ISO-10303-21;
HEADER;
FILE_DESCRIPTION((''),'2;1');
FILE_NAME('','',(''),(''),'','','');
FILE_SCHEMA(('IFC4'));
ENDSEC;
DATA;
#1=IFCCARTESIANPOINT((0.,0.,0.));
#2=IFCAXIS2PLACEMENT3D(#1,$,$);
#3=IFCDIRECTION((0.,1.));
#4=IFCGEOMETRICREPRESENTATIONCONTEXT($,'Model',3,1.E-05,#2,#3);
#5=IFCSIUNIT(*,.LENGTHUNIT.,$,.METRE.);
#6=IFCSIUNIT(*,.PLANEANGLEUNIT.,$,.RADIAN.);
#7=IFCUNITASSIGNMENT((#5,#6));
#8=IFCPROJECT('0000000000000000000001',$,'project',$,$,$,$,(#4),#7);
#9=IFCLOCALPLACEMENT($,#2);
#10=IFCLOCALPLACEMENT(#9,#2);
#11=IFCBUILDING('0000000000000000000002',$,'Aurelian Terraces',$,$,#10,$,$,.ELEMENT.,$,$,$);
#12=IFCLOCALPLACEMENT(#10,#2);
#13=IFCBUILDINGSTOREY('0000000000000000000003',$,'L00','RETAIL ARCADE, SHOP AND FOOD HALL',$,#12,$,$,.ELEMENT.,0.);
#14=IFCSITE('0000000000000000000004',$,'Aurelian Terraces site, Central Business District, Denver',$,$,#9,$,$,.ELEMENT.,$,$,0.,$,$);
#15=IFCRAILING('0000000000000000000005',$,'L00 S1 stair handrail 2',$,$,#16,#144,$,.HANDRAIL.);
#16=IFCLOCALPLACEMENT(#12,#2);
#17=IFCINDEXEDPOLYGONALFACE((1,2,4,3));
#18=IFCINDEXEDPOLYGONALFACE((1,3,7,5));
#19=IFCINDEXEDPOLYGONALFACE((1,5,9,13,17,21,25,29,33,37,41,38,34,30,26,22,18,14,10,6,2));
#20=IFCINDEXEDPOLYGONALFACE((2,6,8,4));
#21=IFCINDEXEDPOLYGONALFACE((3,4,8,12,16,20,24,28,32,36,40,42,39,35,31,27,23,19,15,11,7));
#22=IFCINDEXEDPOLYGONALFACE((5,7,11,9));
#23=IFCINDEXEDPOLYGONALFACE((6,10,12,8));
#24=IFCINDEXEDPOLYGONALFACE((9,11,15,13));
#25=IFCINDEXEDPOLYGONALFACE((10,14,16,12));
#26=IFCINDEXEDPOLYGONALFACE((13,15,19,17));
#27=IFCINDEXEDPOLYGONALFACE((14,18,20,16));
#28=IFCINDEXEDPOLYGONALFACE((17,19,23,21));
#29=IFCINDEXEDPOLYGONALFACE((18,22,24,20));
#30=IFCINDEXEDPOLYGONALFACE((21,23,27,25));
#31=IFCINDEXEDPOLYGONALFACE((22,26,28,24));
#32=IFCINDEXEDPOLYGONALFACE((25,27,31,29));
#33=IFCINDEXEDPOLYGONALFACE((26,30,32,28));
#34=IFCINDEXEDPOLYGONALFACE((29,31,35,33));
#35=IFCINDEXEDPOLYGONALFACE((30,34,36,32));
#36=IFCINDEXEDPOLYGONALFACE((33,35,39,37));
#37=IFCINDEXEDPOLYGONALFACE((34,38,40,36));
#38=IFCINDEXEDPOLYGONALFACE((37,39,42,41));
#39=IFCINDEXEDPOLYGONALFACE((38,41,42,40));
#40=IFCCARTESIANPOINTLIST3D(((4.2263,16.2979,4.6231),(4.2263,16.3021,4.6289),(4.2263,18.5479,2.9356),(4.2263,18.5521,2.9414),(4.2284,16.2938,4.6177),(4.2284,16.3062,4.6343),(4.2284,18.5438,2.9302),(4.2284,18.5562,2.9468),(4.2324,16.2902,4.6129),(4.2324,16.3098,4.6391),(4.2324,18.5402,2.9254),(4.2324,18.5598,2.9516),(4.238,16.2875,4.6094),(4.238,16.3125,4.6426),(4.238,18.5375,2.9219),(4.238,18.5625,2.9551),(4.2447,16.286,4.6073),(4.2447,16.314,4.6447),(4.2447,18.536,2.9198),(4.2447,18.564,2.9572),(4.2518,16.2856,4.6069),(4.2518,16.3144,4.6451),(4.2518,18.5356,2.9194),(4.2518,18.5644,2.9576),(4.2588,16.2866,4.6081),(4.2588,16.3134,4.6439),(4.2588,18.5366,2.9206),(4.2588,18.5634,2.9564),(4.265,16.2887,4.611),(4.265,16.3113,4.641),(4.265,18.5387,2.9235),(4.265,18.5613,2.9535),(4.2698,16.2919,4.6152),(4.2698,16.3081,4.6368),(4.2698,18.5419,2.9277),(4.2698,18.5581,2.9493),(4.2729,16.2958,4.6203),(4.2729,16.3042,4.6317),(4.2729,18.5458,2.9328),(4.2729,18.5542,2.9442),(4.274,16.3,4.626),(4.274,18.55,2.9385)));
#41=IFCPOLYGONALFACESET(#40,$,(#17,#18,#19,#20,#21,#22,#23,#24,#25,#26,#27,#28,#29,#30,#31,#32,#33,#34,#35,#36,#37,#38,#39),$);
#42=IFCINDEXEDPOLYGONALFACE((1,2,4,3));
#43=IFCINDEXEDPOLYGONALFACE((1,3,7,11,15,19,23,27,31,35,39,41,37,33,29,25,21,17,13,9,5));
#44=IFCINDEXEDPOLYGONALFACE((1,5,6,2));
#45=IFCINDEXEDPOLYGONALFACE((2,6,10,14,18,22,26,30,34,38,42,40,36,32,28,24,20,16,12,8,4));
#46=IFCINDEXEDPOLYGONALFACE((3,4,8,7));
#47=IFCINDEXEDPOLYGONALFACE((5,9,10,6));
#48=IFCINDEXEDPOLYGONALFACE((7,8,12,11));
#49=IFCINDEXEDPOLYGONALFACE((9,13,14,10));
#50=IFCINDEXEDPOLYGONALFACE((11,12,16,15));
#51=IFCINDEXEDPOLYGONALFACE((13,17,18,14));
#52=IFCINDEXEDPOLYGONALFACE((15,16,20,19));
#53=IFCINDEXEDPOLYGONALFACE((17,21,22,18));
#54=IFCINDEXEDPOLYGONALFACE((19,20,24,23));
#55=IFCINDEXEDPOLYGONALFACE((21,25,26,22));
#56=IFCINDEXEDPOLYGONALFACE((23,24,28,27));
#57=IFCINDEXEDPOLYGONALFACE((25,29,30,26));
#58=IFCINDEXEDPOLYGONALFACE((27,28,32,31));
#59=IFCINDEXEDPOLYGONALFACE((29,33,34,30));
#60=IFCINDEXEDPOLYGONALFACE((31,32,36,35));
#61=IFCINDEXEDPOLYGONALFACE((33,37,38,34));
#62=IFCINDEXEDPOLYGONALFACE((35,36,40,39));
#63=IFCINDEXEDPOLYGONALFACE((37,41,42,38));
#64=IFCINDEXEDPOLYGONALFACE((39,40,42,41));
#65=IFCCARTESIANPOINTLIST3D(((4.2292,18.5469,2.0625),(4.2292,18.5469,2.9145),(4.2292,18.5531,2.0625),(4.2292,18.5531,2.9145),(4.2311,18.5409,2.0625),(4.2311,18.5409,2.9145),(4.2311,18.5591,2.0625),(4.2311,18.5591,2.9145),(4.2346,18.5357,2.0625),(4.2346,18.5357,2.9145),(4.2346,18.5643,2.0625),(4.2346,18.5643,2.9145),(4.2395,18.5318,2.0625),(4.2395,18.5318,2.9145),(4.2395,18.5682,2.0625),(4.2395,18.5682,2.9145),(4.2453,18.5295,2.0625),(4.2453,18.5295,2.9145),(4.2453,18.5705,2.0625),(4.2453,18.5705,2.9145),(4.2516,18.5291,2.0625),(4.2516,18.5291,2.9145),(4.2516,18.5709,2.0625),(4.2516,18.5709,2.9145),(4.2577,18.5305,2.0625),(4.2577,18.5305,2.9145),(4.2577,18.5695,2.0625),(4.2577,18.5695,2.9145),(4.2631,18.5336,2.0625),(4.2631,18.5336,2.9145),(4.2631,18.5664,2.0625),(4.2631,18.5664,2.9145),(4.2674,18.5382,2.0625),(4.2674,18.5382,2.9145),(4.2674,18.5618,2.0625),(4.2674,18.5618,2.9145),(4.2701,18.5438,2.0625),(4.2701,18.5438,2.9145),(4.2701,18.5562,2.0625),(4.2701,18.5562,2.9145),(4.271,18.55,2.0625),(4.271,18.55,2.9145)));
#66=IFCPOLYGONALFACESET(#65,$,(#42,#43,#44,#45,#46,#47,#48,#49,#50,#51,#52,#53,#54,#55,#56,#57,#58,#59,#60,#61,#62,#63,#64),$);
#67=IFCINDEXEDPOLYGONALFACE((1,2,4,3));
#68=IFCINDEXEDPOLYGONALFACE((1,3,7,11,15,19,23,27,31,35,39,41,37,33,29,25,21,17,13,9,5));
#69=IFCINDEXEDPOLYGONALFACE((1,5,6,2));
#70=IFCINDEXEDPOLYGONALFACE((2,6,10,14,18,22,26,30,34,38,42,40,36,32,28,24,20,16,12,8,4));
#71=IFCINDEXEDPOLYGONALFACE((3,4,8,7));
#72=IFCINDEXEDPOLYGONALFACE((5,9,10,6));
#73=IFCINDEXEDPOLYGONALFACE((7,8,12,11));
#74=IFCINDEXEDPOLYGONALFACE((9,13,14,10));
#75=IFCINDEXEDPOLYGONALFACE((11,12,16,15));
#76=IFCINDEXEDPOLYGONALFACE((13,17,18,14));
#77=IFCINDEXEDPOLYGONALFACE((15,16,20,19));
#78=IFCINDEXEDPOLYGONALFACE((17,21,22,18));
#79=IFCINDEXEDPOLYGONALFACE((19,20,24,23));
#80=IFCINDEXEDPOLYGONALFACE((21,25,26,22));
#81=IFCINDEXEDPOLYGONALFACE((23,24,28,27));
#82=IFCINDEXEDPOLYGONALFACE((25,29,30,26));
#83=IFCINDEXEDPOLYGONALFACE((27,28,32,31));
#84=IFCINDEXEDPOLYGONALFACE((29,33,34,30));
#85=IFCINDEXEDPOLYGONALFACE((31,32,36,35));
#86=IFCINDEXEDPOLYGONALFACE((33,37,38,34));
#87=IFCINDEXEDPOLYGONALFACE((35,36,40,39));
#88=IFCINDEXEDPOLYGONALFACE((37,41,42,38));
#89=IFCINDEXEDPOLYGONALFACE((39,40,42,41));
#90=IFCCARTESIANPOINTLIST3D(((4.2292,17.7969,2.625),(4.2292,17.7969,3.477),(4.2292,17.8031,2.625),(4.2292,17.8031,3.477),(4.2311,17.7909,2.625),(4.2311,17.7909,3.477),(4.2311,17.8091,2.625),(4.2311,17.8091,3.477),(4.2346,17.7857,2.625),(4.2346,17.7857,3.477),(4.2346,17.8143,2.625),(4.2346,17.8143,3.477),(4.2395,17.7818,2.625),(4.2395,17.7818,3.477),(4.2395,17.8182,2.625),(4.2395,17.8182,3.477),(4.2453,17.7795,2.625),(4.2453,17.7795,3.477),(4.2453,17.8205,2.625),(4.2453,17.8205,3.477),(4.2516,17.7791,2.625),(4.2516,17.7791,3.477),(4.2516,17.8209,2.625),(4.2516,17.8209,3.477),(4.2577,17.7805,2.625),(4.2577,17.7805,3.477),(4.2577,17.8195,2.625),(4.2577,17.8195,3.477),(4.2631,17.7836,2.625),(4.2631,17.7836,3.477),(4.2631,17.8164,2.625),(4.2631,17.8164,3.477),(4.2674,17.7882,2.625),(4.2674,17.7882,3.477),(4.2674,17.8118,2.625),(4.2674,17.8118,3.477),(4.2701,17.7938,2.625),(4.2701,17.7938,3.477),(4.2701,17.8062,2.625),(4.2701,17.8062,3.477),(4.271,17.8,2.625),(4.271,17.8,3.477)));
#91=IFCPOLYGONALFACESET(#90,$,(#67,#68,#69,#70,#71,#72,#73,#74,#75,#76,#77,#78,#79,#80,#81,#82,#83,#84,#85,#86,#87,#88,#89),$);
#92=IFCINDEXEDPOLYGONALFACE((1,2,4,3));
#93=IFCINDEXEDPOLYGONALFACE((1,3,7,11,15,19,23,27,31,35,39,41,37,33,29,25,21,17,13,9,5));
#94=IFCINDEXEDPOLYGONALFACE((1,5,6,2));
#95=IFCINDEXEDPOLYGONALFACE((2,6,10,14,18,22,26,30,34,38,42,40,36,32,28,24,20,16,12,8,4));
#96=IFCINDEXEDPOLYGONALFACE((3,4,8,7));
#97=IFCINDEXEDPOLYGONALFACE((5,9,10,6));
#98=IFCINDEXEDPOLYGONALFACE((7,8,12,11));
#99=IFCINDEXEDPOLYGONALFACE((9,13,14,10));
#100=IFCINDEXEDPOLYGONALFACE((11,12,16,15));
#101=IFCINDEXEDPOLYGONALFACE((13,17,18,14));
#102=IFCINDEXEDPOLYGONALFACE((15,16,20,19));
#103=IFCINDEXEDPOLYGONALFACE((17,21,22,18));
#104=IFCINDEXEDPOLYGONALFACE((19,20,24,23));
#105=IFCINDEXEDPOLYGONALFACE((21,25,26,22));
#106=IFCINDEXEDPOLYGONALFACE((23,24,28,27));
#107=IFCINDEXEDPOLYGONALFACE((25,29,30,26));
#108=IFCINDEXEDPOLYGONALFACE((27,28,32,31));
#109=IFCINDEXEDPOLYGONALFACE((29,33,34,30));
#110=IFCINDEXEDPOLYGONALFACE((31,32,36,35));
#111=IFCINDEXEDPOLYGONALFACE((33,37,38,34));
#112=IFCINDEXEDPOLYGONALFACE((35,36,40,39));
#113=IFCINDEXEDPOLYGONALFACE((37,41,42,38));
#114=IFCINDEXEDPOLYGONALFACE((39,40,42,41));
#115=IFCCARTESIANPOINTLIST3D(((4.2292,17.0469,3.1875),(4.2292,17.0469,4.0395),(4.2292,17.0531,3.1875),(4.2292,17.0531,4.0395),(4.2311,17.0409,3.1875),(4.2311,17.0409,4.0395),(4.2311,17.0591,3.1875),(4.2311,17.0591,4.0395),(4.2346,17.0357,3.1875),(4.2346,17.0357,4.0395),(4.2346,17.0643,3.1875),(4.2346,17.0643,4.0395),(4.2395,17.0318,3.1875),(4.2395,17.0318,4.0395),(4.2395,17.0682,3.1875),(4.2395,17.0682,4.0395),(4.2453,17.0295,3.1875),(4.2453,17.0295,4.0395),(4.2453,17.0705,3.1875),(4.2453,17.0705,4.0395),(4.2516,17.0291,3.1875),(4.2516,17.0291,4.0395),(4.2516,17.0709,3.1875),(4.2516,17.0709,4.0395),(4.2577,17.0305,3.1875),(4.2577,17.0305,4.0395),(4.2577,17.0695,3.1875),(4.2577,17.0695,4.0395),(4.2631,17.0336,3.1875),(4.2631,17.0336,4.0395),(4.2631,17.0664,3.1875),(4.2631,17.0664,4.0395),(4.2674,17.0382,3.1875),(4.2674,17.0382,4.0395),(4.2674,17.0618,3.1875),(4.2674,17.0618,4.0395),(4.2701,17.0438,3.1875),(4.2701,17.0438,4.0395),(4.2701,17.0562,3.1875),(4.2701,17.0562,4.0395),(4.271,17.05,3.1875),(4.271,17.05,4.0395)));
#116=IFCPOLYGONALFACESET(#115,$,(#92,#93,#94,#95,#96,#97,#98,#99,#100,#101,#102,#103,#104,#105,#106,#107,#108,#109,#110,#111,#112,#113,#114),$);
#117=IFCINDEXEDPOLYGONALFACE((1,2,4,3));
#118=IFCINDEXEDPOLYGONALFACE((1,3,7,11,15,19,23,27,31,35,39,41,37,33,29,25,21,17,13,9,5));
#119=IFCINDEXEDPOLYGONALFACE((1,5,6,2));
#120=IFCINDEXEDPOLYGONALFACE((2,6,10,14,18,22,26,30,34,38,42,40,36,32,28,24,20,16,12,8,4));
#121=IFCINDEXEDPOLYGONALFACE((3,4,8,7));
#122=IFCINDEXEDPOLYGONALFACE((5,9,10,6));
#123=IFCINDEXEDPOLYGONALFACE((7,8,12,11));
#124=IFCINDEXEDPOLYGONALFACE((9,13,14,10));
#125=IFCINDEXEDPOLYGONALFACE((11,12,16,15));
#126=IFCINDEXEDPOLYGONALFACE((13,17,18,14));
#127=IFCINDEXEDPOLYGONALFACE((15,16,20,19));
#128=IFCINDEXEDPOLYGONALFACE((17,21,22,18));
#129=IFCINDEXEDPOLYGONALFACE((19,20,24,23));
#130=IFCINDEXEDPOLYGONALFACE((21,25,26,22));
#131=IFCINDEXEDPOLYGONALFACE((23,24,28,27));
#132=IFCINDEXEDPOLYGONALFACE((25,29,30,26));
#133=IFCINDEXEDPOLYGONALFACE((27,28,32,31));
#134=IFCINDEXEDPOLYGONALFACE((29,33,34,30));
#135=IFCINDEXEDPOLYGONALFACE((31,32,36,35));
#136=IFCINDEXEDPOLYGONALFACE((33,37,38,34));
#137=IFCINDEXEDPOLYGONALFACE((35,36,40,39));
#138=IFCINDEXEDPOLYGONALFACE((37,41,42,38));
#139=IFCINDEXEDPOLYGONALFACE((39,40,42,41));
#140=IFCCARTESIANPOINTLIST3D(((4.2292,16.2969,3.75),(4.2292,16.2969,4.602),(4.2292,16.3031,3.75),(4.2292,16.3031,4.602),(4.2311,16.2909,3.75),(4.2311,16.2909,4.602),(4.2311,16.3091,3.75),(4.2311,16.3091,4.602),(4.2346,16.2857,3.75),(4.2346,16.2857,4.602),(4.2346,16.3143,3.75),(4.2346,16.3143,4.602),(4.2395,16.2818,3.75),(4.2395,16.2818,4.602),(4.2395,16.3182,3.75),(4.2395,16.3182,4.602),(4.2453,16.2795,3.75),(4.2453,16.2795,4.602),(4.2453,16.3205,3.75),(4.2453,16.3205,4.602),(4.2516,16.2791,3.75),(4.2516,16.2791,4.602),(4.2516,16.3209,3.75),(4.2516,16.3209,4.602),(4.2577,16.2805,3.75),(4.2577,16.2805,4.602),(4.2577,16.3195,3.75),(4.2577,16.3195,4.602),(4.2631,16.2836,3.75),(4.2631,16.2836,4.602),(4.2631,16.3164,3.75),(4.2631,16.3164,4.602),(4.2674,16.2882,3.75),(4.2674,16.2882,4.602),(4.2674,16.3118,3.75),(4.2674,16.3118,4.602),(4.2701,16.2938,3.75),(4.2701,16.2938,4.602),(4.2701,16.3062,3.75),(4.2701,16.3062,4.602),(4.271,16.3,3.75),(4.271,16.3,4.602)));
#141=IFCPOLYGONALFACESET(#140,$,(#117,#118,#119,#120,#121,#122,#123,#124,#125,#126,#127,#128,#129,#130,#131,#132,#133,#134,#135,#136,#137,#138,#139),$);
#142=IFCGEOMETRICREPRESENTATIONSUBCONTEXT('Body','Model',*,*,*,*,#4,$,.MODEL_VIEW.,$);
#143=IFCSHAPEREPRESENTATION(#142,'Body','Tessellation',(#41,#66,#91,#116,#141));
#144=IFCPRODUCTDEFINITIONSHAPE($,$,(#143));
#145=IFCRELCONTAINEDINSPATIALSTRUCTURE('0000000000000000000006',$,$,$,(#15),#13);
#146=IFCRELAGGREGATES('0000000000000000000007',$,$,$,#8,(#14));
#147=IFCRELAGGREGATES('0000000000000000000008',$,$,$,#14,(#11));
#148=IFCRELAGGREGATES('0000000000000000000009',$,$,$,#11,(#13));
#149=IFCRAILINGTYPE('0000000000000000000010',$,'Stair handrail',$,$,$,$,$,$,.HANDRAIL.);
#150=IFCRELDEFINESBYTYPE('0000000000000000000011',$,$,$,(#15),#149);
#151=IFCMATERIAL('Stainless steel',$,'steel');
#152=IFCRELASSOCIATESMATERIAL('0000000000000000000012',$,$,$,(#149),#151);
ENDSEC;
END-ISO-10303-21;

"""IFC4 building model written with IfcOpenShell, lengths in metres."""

from ifc_helpers import new_model, si_unit, direction, frame, origin, origin_2d, place, context, subcontext, project, spatial, circle, extrude, material, type_object, element, save


model = new_model("IFC4")

# Units and contexts
model_context = context("Model", 3, precision=1e-05, world=origin(), true_north=direction((0.0, 1.0)))
body_context = subcontext(model_context, "Body", "Model", "MODEL_VIEW")
ifc_project = project(units=[si_unit("LENGTHUNIT", "METRE"), si_unit("PLANEANGLEUNIT", "RADIAN")], contexts=[model_context])

# Site, building, storey
site_placement = place(None, origin())
site = spatial("IfcSite", under=ifc_project, at=site_placement, Name="Aurelian Terraces site, Central Business District, Denver", CompositionType="ELEMENT", RefElevation=0.0)
building_placement = place(site_placement, origin())
building = spatial("IfcBuilding", under=site, at=building_placement, Name="Aurelian Terraces", CompositionType="ELEMENT")
storey_placement = place(building_placement, origin())
storey = spatial("IfcBuildingStorey", under=building, at=storey_placement, Name="L00", Description="RETAIL ARCADE, SHOP AND FOOD HALL", CompositionType="ELEMENT", Elevation=0.0)

# Railing
ifc_material_1 = material(Name="Stainless steel", Category="steel")
railing_type_1 = type_object("IfcRailingType", Name="Stair handrail", PredefinedType="HANDRAIL", material=ifc_material_1)
railing_1_placement = place(storey_placement, frame((4.25, 18.55, 2.0625)))
element("IfcRailing", 1, at=railing_1_placement, inside=storey, type_object=railing_type_1, Name="L00 S1 stair handrail 2", PredefinedType="HANDRAIL", context=body_context, shape_type="SweptSolid", body=[
    extrude(circle(Radius=0.024, at=origin_2d()), frame((0.0, 0.0, 0.876), z_axis=(0.0, -0.8, 0.6), x_axis=(1.0, 0.0, 0.0)), (0.0, 0.0, 1.0), 2.8125),
    extrude(circle(Radius=0.021, at=origin_2d()), origin(), (0.0, 0.0, 1.0), 0.852),
    extrude(circle(Radius=0.021, at=origin_2d()), frame((0.0, -0.75, 0.5625)), (0.0, 0.0, 1.0), 0.852),
    extrude(circle(Radius=0.021, at=origin_2d()), frame((0.0, -1.5, 1.125)), (0.0, 0.0, 1.0), 0.852),
    extrude(circle(Radius=0.021, at=origin_2d()), frame((0.0, -2.25, 1.6875)), (0.0, 0.0, 1.0), 0.852),
])

save(model, "model.ifc")
